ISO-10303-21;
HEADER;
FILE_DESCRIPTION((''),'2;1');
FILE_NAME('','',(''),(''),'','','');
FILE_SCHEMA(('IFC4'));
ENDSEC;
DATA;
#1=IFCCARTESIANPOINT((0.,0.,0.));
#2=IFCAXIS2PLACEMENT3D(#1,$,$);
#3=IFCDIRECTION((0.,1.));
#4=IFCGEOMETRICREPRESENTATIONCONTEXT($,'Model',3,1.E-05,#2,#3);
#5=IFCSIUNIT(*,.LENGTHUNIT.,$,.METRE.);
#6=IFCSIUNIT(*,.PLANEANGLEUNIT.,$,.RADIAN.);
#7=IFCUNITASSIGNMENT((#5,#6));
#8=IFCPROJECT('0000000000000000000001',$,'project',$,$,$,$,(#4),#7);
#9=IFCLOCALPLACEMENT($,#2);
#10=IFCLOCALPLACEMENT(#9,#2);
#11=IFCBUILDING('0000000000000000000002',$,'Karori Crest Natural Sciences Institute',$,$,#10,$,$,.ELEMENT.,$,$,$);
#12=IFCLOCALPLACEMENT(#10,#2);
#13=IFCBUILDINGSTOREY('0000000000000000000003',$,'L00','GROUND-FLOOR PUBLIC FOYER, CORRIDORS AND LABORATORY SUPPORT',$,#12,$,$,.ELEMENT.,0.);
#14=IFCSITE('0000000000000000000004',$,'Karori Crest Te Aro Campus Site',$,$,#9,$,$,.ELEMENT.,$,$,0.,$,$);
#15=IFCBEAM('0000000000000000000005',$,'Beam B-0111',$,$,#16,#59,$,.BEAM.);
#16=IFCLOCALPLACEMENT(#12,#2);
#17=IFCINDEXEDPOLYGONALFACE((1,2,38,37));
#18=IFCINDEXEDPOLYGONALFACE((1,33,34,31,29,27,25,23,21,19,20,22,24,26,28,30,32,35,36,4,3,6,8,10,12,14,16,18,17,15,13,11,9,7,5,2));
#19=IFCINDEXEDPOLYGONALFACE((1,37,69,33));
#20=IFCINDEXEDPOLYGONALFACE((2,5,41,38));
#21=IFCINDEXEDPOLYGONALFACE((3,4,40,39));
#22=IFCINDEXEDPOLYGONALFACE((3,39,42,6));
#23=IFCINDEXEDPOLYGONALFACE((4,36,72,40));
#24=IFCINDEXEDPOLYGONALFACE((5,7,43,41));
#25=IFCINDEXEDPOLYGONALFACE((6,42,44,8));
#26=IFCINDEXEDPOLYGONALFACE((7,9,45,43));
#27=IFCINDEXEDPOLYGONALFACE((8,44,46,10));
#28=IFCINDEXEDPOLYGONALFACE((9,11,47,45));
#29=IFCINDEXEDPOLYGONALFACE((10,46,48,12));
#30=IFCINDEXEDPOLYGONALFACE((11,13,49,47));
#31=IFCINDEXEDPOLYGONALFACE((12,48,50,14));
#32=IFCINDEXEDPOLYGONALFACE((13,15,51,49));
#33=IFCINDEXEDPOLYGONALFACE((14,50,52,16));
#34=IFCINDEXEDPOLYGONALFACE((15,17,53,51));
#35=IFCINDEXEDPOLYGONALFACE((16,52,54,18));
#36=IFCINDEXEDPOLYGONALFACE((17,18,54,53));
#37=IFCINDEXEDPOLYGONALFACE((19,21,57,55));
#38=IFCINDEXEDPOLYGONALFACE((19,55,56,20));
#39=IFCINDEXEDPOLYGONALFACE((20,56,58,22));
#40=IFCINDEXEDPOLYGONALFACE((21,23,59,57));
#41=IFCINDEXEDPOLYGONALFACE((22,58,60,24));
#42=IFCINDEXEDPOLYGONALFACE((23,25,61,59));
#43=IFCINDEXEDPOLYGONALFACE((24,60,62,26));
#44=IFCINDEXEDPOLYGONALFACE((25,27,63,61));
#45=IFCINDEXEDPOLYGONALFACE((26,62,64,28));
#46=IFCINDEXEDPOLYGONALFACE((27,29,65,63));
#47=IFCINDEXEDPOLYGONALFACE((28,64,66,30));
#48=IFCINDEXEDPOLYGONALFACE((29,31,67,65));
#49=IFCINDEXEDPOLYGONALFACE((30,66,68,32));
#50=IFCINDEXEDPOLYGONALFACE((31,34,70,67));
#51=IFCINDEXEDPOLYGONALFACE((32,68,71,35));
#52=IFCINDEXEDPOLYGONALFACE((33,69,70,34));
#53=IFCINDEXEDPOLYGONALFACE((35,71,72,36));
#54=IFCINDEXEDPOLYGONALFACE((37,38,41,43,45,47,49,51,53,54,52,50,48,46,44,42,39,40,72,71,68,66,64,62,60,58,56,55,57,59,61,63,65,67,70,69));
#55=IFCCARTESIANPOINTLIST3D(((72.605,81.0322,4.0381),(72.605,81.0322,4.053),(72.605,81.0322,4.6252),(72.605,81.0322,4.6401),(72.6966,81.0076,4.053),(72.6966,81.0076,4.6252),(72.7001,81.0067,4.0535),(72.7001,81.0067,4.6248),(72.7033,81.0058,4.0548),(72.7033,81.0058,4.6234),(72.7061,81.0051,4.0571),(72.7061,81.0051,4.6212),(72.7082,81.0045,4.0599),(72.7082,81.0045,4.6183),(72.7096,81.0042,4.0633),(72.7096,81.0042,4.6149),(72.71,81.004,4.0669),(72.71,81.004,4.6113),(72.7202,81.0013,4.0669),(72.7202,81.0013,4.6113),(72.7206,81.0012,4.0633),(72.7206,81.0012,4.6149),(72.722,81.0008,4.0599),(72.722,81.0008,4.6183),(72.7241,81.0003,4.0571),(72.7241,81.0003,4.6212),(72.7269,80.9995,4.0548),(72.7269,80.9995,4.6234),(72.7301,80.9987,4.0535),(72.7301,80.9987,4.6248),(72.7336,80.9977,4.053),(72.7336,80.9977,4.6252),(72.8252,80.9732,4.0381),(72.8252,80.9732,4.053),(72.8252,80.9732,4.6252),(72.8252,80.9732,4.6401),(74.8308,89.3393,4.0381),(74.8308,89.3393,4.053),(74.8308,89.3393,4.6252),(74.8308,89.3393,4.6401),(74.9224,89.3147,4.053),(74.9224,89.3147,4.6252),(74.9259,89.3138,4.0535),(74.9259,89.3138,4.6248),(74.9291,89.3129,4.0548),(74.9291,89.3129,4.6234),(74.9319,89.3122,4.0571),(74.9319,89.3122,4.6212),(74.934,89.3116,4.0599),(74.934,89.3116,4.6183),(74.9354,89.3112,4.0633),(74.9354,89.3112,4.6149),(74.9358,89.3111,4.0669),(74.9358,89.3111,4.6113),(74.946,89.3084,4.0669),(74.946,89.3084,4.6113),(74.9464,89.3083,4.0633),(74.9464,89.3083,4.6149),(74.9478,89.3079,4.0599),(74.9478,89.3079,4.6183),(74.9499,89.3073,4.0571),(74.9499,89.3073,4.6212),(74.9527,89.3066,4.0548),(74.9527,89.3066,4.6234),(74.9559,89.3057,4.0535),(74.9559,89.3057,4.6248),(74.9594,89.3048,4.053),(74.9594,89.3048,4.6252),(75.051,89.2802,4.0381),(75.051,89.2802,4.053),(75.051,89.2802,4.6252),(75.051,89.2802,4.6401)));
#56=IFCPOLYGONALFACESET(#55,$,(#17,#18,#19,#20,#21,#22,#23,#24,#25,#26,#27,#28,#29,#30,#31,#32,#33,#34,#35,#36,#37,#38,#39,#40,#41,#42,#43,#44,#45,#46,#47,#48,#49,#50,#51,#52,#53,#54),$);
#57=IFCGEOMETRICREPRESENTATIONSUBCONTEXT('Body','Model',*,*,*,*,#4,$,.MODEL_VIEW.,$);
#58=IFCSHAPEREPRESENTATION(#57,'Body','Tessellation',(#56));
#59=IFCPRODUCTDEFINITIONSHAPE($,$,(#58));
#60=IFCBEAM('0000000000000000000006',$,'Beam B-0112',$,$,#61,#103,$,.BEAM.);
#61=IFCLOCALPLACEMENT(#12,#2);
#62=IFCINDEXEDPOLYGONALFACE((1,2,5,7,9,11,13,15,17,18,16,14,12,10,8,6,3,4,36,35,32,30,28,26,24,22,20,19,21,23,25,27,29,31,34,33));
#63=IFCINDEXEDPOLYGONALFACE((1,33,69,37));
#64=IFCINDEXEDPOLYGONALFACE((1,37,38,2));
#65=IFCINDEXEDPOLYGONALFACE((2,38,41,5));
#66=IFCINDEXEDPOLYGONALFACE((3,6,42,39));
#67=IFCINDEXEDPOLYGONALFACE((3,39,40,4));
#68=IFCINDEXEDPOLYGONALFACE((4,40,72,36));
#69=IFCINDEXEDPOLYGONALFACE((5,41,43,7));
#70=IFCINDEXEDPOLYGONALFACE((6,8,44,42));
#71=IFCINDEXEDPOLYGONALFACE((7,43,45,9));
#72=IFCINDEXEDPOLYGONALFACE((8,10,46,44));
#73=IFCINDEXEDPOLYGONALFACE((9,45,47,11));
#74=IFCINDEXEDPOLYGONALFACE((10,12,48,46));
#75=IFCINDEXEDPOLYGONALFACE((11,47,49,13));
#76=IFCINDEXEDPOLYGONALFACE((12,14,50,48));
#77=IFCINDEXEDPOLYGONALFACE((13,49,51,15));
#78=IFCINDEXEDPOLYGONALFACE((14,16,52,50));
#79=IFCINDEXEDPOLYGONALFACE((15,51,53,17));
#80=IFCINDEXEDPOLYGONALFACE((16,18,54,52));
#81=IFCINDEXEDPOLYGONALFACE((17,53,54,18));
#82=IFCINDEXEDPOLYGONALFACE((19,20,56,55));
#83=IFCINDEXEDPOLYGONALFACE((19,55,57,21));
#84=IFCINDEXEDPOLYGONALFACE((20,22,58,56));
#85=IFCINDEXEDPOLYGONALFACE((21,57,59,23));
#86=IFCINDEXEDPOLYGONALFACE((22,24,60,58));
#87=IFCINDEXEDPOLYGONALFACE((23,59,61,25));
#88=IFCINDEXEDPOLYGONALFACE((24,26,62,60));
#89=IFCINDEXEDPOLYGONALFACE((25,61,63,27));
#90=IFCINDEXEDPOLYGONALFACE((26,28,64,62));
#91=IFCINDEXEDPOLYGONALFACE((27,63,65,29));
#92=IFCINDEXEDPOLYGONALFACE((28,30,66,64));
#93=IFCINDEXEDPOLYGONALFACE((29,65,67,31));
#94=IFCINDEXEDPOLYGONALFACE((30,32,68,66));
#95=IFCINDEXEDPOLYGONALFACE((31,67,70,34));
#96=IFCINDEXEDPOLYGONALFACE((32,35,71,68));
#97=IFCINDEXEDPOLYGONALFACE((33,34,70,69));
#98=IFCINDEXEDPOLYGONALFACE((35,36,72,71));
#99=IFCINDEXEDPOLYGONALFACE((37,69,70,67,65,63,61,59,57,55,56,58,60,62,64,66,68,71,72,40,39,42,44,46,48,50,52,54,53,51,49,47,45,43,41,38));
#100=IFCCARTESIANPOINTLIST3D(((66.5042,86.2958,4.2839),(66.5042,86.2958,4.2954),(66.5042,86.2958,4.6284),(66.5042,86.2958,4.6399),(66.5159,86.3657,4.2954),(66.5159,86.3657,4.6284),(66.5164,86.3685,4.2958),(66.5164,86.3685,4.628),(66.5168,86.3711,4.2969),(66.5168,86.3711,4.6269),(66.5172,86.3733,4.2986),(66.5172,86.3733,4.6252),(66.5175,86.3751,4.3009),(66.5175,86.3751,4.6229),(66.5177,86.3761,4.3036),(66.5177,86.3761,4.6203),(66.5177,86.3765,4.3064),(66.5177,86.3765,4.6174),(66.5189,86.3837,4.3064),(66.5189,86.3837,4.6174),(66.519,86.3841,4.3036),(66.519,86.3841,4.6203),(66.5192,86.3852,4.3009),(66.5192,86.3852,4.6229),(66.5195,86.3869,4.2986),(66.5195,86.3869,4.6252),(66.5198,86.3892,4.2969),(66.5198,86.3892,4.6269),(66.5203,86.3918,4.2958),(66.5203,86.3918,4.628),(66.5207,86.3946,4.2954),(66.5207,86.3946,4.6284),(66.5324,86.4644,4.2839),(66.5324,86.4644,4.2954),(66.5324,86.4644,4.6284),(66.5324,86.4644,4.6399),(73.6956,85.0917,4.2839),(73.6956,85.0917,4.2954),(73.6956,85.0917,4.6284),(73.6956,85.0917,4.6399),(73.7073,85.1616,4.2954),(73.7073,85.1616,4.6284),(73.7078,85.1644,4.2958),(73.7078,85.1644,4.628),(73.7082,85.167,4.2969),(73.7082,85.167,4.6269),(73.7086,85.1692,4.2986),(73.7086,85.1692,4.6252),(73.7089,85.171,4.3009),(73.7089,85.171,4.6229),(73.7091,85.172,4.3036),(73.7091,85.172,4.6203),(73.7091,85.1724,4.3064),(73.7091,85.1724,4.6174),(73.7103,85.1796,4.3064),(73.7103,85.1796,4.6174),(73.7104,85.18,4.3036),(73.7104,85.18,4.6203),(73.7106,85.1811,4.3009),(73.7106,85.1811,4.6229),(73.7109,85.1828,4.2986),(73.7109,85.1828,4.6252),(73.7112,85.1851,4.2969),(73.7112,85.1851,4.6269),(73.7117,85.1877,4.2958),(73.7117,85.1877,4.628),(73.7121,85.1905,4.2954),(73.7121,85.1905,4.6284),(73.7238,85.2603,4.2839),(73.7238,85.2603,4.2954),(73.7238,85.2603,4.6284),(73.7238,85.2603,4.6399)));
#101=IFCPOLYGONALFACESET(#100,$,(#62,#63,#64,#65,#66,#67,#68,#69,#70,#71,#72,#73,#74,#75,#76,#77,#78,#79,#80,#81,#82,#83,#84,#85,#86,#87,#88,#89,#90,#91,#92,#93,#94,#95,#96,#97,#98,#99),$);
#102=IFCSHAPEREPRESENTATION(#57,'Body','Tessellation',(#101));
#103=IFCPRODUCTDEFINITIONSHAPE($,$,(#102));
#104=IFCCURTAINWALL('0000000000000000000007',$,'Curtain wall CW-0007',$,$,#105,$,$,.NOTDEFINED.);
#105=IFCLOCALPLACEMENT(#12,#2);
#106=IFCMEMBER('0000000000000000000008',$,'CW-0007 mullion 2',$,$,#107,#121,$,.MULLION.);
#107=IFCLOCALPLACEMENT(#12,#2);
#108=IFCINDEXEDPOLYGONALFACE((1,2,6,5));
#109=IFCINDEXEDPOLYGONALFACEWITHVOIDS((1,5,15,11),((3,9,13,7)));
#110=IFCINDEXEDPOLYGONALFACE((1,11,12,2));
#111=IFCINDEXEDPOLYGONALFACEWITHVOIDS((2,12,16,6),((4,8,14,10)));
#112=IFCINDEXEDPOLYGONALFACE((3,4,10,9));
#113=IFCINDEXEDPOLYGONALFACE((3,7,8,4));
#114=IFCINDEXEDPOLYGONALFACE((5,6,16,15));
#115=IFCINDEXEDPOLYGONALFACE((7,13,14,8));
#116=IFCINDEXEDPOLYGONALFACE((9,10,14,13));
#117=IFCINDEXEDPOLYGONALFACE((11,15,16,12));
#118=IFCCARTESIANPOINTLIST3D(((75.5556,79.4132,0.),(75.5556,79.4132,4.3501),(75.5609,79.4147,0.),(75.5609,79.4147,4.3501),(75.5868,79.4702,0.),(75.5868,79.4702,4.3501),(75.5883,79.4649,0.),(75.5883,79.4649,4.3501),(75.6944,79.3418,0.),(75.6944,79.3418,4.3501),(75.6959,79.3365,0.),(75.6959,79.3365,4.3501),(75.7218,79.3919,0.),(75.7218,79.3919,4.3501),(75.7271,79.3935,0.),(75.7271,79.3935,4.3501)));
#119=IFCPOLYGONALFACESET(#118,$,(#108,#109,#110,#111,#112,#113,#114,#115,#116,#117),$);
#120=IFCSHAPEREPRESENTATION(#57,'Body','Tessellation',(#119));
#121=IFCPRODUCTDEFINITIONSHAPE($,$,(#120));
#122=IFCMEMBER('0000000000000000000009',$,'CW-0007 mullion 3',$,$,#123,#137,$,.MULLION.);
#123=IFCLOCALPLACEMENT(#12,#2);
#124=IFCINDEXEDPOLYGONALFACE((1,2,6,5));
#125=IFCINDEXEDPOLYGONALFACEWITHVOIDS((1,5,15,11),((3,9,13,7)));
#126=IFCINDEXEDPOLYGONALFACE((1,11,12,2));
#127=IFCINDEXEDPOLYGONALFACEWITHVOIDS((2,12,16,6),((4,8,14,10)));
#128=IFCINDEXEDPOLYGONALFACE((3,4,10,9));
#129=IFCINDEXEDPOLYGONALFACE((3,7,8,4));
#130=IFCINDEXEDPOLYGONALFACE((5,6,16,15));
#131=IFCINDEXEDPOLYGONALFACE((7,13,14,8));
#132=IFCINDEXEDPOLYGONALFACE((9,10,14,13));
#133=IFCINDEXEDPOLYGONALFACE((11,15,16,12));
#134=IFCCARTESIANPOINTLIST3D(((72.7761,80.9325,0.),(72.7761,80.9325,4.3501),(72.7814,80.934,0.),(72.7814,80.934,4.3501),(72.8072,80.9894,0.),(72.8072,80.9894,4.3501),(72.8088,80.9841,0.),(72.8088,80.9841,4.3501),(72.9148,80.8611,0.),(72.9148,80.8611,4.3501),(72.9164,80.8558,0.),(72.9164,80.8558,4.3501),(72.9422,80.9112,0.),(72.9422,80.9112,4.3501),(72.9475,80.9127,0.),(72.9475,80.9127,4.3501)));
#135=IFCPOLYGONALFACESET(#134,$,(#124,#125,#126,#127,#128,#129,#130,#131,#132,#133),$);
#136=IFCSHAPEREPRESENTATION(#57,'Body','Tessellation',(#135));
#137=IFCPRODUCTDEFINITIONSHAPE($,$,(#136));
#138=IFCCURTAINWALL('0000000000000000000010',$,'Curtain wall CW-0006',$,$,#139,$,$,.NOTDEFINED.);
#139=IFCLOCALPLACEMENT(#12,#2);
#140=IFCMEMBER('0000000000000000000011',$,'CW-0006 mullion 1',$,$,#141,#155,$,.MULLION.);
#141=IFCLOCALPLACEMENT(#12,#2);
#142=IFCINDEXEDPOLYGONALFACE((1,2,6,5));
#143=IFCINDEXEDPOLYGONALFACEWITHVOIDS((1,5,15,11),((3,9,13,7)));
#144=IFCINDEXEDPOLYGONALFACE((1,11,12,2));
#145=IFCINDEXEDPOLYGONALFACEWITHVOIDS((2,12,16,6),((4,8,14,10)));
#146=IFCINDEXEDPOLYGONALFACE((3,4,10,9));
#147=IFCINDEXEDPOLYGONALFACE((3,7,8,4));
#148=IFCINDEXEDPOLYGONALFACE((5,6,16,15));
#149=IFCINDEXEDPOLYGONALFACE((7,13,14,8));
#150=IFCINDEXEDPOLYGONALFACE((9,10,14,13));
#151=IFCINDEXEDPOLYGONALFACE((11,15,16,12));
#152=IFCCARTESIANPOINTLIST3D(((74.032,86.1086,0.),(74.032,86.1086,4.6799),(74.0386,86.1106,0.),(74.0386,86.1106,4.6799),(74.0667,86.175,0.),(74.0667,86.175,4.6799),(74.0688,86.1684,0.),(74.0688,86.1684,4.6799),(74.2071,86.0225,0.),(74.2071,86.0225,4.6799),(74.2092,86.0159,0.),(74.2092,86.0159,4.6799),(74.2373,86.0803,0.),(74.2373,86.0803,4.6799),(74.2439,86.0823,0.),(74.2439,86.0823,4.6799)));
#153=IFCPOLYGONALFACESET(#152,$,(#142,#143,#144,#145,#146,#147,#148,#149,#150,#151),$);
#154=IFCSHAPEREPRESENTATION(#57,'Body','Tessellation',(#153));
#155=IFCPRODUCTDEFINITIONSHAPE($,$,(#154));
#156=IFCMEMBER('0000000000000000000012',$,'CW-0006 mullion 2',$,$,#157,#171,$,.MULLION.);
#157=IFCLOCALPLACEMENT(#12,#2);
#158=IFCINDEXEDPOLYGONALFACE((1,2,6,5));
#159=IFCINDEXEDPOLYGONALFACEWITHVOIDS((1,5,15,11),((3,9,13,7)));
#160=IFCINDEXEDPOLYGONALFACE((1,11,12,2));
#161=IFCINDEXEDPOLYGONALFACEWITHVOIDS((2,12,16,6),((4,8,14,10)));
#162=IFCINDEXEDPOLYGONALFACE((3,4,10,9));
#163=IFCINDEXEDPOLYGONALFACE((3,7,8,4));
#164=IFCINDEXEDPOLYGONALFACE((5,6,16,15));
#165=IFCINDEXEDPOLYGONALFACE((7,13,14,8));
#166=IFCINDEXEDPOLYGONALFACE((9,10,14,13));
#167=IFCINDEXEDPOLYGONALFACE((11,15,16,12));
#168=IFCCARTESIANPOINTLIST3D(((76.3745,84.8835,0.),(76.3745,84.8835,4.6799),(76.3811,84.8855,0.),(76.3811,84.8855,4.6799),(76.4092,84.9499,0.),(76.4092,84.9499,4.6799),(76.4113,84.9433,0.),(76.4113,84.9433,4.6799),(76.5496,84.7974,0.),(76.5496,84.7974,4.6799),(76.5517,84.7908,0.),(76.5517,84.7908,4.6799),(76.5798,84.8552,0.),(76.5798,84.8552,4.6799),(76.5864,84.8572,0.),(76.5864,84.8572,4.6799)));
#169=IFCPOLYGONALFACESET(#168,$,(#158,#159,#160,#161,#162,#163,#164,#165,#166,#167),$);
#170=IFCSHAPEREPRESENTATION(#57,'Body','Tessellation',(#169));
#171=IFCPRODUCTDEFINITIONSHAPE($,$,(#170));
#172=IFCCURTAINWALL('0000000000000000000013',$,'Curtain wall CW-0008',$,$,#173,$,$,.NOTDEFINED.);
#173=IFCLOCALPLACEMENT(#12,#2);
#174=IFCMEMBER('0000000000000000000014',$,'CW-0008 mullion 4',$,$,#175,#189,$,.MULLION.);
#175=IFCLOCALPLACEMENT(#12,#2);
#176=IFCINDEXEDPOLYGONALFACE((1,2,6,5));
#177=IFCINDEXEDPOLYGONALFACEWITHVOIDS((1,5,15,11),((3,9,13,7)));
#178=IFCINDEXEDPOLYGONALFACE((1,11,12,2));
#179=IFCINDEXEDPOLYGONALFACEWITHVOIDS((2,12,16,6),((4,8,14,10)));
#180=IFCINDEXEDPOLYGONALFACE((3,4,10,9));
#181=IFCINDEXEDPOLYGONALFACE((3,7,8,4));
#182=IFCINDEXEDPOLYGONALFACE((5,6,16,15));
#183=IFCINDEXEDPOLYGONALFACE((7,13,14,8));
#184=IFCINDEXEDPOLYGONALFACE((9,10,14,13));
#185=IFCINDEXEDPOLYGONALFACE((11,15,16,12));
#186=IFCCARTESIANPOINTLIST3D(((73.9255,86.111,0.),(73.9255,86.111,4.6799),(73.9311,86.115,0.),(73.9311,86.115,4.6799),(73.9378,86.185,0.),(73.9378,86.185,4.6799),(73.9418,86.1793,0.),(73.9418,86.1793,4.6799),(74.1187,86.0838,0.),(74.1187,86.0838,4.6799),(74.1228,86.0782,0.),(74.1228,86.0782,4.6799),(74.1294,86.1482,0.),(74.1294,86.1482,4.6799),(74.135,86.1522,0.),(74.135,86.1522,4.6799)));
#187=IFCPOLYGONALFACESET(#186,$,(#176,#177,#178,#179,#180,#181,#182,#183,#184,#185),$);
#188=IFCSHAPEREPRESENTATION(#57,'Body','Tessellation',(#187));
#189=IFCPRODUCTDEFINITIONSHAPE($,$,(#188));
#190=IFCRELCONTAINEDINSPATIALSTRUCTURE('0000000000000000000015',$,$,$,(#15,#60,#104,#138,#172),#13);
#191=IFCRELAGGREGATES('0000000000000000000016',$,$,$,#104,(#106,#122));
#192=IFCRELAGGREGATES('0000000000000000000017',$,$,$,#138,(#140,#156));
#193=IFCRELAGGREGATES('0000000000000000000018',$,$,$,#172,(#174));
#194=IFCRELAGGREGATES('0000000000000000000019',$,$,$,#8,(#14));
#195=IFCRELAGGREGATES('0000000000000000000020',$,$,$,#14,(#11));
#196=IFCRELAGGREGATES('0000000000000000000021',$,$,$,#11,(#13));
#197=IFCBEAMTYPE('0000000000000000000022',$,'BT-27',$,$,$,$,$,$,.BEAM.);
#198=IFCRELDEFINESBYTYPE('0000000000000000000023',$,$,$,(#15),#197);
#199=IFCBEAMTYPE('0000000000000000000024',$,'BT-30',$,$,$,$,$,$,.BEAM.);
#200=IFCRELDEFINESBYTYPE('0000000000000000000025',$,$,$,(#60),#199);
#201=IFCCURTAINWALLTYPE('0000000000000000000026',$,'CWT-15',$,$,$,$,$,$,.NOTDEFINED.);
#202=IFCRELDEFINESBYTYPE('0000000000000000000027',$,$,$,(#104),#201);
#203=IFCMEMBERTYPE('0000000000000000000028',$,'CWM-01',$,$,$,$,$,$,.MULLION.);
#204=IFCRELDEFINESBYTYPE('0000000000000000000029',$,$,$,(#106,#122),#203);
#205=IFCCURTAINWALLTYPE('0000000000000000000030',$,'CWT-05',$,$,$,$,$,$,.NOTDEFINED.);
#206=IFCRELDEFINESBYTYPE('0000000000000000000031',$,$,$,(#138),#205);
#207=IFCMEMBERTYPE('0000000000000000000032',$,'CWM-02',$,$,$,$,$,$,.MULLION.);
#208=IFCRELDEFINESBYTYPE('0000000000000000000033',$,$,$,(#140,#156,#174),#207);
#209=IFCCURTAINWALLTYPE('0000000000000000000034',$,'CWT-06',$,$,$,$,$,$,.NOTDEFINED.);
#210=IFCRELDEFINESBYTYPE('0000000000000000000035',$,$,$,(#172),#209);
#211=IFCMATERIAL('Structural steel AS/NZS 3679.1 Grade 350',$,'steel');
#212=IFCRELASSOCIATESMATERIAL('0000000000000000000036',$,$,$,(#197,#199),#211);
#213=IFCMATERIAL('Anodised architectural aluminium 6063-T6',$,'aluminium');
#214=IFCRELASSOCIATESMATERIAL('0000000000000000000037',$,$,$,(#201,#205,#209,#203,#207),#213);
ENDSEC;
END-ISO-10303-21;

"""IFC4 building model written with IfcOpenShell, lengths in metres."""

from ifc_helpers import new_model, si_unit, direction, frame, origin, origin_2d, place, context, subcontext, project, spatial, hollow_rectangle, i_section, extrude, material, material_profile, profile_set, type_object, element, aggregate, save


model = new_model("IFC4")

# Units and contexts
model_context = context("Model", 3, precision=1e-05, world=origin(), true_north=direction((0.0, 1.0)))
body_context = subcontext(model_context, "Body", "Model", "MODEL_VIEW")
ifc_project = project(units=[si_unit("LENGTHUNIT", "METRE"), si_unit("PLANEANGLEUNIT", "RADIAN")], contexts=[model_context])

# Site, building, storey
site_placement = place(None, origin())
site = spatial("IfcSite", under=ifc_project, at=site_placement, Name="Karori Crest Te Aro Campus Site", CompositionType="ELEMENT", RefElevation=0.0)
building_placement = place(site_placement, origin())
building = spatial("IfcBuilding", under=site, at=building_placement, Name="Karori Crest Natural Sciences Institute", CompositionType="ELEMENT")
storey_placement = place(building_placement, origin())
storey = spatial("IfcBuildingStorey", under=building, at=storey_placement, Name="L00", Description="GROUND-FLOOR PUBLIC FOYER, CORRIDORS AND LABORATORY SUPPORT", CompositionType="ELEMENT", Elevation=0.0)

# Beams
ifc_material_1 = material(Name="Structural steel AS/NZS 3679.1 Grade 350", Category="steel")
ifc_material_profile_1 = material_profile(ifc_material_1, i_section(OverallWidth=0.228, OverallDepth=0.6021, WebThickness=0.0105, FlangeThickness=0.0149, FilletRadius=0.0139, at=origin_2d()), Name="610UB101")
ifc_profile_set_1 = profile_set([ifc_material_profile_1], Name="Structural steel AS/NZS 3679.1 Grade 350")
beam_type_1 = type_object("IfcBeamType", Name="BT-27", PredefinedType="BEAM", material=ifc_profile_set_1)
beam_1_placement = place(storey_placement, frame((72.7151, 81.0027, 4.3391), z_axis=(0.258813, 0.965928, 0.0), x_axis=(-0.965928, 0.258813, 0.0)))
element("IfcBeam", 1, at=beam_1_placement, inside=storey, type_object=beam_type_1, Name="Beam B-0111", PredefinedType="BEAM", context=body_context, shape_type="SweptSolid", body=[
    extrude(i_section(OverallWidth=0.228, OverallDepth=0.6021, WebThickness=0.0105, FlangeThickness=0.0149, FilletRadius=0.0139, at=origin_2d()), origin(), (0.0, 0.0, 1.0), 8.6001),
])
ifc_material_profile_2 = material_profile(ifc_material_1, i_section(OverallWidth=0.1709, OverallDepth=0.356, WebThickness=0.0073, FlangeThickness=0.0115, FilletRadius=0.011, at=origin_2d()), Name="360UB50.7")
ifc_profile_set_2 = profile_set([ifc_material_profile_2], Name="Structural steel AS/NZS 3679.1 Grade 350")
beam_type_2 = type_object("IfcBeamType", Name="BT-30", PredefinedType="BEAM", material=ifc_profile_set_2)
beam_2_placement = place(storey_placement, frame((73.7097, 85.176, 4.4619), z_axis=(-0.986271, 0.165137, 0.0), x_axis=(-0.165137, -0.986271, 0.0)))
element("IfcBeam", 2, at=beam_2_placement, inside=storey, type_object=beam_type_2, Name="Beam B-0112", PredefinedType="BEAM", context=body_context, shape_type="SweptSolid", body=[
    extrude(i_section(OverallWidth=0.1709, OverallDepth=0.356, WebThickness=0.0073, FlangeThickness=0.0115, FilletRadius=0.011, at=origin_2d()), origin(), (0.0, 0.0, 1.0), 7.2915),
])

# Curtain walls, members
ifc_material_2 = material(Name="Anodised architectural aluminium 6063-T6", Category="aluminium")
curtain_wall_type_1 = type_object("IfcCurtainWallType", Name="CWT-15", PredefinedType="NOTDEFINED", material=ifc_material_2)
curtain_wall_1_placement = place(storey_placement, origin())
curtain_wall_1 = element("IfcCurtainWall", 3, at=curtain_wall_1_placement, inside=storey, type_object=curtain_wall_type_1, Name="Curtain wall CW-0007", PredefinedType="NOTDEFINED")
ifc_material_profile_3 = material_profile(ifc_material_2, hollow_rectangle(XDim=0.0649, YDim=0.1599, WallThickness=0.0039, at=origin_2d()), Name="CWM160x65x4")
ifc_profile_set_3 = profile_set([ifc_material_profile_3], Name="Anodised architectural aluminium 6063-T6")
member_type_1 = type_object("IfcMemberType", Name="CWM-01", PredefinedType="MULLION", material=ifc_profile_set_3)
member_1_placement = place(storey_placement, frame((75.6414, 79.4033, 0.0), z_axis=(0.0, 0.0, 1.0), x_axis=(-0.479643, -0.877464, 0.0)))
member_1 = element("IfcMember", 4, at=member_1_placement, type_object=member_type_1, Name="CW-0007 mullion 2", PredefinedType="MULLION", context=body_context, shape_type="SweptSolid", body=[
    extrude(hollow_rectangle(XDim=0.0649, YDim=0.1599, WallThickness=0.0039, at=origin_2d()), origin(), (0.0, 0.0, 1.0), 4.3501),
])
member_2_placement = place(storey_placement, frame((72.8618, 80.9226, 0.0), z_axis=(0.0, 0.0, 1.0), x_axis=(-0.479643, -0.877464, 0.0)))
member_2 = element("IfcMember", 5, at=member_2_placement, type_object=member_type_1, Name="CW-0007 mullion 3", PredefinedType="MULLION", context=body_context, shape_type="SweptSolid", body=[
    extrude(hollow_rectangle(XDim=0.0649, YDim=0.1599, WallThickness=0.0039, at=origin_2d()), origin(), (0.0, 0.0, 1.0), 4.3501),
])
curtain_wall_type_2 = type_object("IfcCurtainWallType", Name="CWT-05", PredefinedType="NOTDEFINED", material=ifc_material_2)
curtain_wall_2_placement = place(storey_placement, origin())
curtain_wall_2 = element("IfcCurtainWall", 6, at=curtain_wall_2_placement, inside=storey, type_object=curtain_wall_type_2, Name="Curtain wall CW-0006", PredefinedType="NOTDEFINED")
ifc_material_profile_4 = material_profile(ifc_material_2, hollow_rectangle(XDim=0.075, YDim=0.2, WallThickness=0.0049, at=origin_2d()), Name="CWM200x75x5")
ifc_profile_set_4 = profile_set([ifc_material_profile_4], Name="Anodised architectural aluminium 6063-T6")
member_type_2 = type_object("IfcMemberType", Name="CWM-02", PredefinedType="MULLION", material=ifc_profile_set_4)
member_3_placement = place(storey_placement, frame((74.1379, 86.0955, 0.0), z_axis=(0.0, 0.0, 1.0), x_axis=(0.463426, 0.886136, 0.0)))
member_3 = element("IfcMember", 7, at=member_3_placement, type_object=member_type_2, Name="CW-0006 mullion 1", PredefinedType="MULLION", context=body_context, shape_type="SweptSolid", body=[
    extrude(hollow_rectangle(XDim=0.075, YDim=0.2, WallThickness=0.0049, at=origin_2d()), origin(), (0.0, 0.0, 1.0), 4.6799),
])
member_4_placement = place(storey_placement, frame((76.4805, 84.8704, 0.0), z_axis=(0.0, 0.0, 1.0), x_axis=(0.463426, 0.886136, 0.0)))
member_4 = element("IfcMember", 8, at=member_4_placement, type_object=member_type_2, Name="CW-0006 mullion 2", PredefinedType="MULLION", context=body_context, shape_type="SweptSolid", body=[
    extrude(hollow_rectangle(XDim=0.075, YDim=0.2, WallThickness=0.0049, at=origin_2d()), origin(), (0.0, 0.0, 1.0), 4.6799),
])

# Curtain wall, member
curtain_wall_type_3 = type_object("IfcCurtainWallType", Name="CWT-06", PredefinedType="NOTDEFINED", material=ifc_material_2)
curtain_wall_3_placement = place(storey_placement, origin())
curtain_wall_3 = element("IfcCurtainWall", 9, at=curtain_wall_3_placement, inside=storey, type_object=curtain_wall_type_3, Name="Curtain wall CW-0008", PredefinedType="NOTDEFINED")
member_5_placement = place(storey_placement, frame((74.0303, 86.1316, 0.0), z_axis=(0.0, 0.0, 1.0), x_axis=(0.163974, 0.986465, 0.0)))
member_5 = element("IfcMember", 10, at=member_5_placement, type_object=member_type_2, Name="CW-0008 mullion 4", PredefinedType="MULLION", context=body_context, shape_type="SweptSolid", body=[
    extrude(hollow_rectangle(XDim=0.075, YDim=0.2, WallThickness=0.0049, at=origin_2d()), origin(), (0.0, 0.0, 1.0), 4.6799),
])

aggregate(curtain_wall_1, [member_1, member_2])
aggregate(curtain_wall_2, [member_3, member_4])
aggregate(curtain_wall_3, [member_5])

save(model, "model.ifc")
